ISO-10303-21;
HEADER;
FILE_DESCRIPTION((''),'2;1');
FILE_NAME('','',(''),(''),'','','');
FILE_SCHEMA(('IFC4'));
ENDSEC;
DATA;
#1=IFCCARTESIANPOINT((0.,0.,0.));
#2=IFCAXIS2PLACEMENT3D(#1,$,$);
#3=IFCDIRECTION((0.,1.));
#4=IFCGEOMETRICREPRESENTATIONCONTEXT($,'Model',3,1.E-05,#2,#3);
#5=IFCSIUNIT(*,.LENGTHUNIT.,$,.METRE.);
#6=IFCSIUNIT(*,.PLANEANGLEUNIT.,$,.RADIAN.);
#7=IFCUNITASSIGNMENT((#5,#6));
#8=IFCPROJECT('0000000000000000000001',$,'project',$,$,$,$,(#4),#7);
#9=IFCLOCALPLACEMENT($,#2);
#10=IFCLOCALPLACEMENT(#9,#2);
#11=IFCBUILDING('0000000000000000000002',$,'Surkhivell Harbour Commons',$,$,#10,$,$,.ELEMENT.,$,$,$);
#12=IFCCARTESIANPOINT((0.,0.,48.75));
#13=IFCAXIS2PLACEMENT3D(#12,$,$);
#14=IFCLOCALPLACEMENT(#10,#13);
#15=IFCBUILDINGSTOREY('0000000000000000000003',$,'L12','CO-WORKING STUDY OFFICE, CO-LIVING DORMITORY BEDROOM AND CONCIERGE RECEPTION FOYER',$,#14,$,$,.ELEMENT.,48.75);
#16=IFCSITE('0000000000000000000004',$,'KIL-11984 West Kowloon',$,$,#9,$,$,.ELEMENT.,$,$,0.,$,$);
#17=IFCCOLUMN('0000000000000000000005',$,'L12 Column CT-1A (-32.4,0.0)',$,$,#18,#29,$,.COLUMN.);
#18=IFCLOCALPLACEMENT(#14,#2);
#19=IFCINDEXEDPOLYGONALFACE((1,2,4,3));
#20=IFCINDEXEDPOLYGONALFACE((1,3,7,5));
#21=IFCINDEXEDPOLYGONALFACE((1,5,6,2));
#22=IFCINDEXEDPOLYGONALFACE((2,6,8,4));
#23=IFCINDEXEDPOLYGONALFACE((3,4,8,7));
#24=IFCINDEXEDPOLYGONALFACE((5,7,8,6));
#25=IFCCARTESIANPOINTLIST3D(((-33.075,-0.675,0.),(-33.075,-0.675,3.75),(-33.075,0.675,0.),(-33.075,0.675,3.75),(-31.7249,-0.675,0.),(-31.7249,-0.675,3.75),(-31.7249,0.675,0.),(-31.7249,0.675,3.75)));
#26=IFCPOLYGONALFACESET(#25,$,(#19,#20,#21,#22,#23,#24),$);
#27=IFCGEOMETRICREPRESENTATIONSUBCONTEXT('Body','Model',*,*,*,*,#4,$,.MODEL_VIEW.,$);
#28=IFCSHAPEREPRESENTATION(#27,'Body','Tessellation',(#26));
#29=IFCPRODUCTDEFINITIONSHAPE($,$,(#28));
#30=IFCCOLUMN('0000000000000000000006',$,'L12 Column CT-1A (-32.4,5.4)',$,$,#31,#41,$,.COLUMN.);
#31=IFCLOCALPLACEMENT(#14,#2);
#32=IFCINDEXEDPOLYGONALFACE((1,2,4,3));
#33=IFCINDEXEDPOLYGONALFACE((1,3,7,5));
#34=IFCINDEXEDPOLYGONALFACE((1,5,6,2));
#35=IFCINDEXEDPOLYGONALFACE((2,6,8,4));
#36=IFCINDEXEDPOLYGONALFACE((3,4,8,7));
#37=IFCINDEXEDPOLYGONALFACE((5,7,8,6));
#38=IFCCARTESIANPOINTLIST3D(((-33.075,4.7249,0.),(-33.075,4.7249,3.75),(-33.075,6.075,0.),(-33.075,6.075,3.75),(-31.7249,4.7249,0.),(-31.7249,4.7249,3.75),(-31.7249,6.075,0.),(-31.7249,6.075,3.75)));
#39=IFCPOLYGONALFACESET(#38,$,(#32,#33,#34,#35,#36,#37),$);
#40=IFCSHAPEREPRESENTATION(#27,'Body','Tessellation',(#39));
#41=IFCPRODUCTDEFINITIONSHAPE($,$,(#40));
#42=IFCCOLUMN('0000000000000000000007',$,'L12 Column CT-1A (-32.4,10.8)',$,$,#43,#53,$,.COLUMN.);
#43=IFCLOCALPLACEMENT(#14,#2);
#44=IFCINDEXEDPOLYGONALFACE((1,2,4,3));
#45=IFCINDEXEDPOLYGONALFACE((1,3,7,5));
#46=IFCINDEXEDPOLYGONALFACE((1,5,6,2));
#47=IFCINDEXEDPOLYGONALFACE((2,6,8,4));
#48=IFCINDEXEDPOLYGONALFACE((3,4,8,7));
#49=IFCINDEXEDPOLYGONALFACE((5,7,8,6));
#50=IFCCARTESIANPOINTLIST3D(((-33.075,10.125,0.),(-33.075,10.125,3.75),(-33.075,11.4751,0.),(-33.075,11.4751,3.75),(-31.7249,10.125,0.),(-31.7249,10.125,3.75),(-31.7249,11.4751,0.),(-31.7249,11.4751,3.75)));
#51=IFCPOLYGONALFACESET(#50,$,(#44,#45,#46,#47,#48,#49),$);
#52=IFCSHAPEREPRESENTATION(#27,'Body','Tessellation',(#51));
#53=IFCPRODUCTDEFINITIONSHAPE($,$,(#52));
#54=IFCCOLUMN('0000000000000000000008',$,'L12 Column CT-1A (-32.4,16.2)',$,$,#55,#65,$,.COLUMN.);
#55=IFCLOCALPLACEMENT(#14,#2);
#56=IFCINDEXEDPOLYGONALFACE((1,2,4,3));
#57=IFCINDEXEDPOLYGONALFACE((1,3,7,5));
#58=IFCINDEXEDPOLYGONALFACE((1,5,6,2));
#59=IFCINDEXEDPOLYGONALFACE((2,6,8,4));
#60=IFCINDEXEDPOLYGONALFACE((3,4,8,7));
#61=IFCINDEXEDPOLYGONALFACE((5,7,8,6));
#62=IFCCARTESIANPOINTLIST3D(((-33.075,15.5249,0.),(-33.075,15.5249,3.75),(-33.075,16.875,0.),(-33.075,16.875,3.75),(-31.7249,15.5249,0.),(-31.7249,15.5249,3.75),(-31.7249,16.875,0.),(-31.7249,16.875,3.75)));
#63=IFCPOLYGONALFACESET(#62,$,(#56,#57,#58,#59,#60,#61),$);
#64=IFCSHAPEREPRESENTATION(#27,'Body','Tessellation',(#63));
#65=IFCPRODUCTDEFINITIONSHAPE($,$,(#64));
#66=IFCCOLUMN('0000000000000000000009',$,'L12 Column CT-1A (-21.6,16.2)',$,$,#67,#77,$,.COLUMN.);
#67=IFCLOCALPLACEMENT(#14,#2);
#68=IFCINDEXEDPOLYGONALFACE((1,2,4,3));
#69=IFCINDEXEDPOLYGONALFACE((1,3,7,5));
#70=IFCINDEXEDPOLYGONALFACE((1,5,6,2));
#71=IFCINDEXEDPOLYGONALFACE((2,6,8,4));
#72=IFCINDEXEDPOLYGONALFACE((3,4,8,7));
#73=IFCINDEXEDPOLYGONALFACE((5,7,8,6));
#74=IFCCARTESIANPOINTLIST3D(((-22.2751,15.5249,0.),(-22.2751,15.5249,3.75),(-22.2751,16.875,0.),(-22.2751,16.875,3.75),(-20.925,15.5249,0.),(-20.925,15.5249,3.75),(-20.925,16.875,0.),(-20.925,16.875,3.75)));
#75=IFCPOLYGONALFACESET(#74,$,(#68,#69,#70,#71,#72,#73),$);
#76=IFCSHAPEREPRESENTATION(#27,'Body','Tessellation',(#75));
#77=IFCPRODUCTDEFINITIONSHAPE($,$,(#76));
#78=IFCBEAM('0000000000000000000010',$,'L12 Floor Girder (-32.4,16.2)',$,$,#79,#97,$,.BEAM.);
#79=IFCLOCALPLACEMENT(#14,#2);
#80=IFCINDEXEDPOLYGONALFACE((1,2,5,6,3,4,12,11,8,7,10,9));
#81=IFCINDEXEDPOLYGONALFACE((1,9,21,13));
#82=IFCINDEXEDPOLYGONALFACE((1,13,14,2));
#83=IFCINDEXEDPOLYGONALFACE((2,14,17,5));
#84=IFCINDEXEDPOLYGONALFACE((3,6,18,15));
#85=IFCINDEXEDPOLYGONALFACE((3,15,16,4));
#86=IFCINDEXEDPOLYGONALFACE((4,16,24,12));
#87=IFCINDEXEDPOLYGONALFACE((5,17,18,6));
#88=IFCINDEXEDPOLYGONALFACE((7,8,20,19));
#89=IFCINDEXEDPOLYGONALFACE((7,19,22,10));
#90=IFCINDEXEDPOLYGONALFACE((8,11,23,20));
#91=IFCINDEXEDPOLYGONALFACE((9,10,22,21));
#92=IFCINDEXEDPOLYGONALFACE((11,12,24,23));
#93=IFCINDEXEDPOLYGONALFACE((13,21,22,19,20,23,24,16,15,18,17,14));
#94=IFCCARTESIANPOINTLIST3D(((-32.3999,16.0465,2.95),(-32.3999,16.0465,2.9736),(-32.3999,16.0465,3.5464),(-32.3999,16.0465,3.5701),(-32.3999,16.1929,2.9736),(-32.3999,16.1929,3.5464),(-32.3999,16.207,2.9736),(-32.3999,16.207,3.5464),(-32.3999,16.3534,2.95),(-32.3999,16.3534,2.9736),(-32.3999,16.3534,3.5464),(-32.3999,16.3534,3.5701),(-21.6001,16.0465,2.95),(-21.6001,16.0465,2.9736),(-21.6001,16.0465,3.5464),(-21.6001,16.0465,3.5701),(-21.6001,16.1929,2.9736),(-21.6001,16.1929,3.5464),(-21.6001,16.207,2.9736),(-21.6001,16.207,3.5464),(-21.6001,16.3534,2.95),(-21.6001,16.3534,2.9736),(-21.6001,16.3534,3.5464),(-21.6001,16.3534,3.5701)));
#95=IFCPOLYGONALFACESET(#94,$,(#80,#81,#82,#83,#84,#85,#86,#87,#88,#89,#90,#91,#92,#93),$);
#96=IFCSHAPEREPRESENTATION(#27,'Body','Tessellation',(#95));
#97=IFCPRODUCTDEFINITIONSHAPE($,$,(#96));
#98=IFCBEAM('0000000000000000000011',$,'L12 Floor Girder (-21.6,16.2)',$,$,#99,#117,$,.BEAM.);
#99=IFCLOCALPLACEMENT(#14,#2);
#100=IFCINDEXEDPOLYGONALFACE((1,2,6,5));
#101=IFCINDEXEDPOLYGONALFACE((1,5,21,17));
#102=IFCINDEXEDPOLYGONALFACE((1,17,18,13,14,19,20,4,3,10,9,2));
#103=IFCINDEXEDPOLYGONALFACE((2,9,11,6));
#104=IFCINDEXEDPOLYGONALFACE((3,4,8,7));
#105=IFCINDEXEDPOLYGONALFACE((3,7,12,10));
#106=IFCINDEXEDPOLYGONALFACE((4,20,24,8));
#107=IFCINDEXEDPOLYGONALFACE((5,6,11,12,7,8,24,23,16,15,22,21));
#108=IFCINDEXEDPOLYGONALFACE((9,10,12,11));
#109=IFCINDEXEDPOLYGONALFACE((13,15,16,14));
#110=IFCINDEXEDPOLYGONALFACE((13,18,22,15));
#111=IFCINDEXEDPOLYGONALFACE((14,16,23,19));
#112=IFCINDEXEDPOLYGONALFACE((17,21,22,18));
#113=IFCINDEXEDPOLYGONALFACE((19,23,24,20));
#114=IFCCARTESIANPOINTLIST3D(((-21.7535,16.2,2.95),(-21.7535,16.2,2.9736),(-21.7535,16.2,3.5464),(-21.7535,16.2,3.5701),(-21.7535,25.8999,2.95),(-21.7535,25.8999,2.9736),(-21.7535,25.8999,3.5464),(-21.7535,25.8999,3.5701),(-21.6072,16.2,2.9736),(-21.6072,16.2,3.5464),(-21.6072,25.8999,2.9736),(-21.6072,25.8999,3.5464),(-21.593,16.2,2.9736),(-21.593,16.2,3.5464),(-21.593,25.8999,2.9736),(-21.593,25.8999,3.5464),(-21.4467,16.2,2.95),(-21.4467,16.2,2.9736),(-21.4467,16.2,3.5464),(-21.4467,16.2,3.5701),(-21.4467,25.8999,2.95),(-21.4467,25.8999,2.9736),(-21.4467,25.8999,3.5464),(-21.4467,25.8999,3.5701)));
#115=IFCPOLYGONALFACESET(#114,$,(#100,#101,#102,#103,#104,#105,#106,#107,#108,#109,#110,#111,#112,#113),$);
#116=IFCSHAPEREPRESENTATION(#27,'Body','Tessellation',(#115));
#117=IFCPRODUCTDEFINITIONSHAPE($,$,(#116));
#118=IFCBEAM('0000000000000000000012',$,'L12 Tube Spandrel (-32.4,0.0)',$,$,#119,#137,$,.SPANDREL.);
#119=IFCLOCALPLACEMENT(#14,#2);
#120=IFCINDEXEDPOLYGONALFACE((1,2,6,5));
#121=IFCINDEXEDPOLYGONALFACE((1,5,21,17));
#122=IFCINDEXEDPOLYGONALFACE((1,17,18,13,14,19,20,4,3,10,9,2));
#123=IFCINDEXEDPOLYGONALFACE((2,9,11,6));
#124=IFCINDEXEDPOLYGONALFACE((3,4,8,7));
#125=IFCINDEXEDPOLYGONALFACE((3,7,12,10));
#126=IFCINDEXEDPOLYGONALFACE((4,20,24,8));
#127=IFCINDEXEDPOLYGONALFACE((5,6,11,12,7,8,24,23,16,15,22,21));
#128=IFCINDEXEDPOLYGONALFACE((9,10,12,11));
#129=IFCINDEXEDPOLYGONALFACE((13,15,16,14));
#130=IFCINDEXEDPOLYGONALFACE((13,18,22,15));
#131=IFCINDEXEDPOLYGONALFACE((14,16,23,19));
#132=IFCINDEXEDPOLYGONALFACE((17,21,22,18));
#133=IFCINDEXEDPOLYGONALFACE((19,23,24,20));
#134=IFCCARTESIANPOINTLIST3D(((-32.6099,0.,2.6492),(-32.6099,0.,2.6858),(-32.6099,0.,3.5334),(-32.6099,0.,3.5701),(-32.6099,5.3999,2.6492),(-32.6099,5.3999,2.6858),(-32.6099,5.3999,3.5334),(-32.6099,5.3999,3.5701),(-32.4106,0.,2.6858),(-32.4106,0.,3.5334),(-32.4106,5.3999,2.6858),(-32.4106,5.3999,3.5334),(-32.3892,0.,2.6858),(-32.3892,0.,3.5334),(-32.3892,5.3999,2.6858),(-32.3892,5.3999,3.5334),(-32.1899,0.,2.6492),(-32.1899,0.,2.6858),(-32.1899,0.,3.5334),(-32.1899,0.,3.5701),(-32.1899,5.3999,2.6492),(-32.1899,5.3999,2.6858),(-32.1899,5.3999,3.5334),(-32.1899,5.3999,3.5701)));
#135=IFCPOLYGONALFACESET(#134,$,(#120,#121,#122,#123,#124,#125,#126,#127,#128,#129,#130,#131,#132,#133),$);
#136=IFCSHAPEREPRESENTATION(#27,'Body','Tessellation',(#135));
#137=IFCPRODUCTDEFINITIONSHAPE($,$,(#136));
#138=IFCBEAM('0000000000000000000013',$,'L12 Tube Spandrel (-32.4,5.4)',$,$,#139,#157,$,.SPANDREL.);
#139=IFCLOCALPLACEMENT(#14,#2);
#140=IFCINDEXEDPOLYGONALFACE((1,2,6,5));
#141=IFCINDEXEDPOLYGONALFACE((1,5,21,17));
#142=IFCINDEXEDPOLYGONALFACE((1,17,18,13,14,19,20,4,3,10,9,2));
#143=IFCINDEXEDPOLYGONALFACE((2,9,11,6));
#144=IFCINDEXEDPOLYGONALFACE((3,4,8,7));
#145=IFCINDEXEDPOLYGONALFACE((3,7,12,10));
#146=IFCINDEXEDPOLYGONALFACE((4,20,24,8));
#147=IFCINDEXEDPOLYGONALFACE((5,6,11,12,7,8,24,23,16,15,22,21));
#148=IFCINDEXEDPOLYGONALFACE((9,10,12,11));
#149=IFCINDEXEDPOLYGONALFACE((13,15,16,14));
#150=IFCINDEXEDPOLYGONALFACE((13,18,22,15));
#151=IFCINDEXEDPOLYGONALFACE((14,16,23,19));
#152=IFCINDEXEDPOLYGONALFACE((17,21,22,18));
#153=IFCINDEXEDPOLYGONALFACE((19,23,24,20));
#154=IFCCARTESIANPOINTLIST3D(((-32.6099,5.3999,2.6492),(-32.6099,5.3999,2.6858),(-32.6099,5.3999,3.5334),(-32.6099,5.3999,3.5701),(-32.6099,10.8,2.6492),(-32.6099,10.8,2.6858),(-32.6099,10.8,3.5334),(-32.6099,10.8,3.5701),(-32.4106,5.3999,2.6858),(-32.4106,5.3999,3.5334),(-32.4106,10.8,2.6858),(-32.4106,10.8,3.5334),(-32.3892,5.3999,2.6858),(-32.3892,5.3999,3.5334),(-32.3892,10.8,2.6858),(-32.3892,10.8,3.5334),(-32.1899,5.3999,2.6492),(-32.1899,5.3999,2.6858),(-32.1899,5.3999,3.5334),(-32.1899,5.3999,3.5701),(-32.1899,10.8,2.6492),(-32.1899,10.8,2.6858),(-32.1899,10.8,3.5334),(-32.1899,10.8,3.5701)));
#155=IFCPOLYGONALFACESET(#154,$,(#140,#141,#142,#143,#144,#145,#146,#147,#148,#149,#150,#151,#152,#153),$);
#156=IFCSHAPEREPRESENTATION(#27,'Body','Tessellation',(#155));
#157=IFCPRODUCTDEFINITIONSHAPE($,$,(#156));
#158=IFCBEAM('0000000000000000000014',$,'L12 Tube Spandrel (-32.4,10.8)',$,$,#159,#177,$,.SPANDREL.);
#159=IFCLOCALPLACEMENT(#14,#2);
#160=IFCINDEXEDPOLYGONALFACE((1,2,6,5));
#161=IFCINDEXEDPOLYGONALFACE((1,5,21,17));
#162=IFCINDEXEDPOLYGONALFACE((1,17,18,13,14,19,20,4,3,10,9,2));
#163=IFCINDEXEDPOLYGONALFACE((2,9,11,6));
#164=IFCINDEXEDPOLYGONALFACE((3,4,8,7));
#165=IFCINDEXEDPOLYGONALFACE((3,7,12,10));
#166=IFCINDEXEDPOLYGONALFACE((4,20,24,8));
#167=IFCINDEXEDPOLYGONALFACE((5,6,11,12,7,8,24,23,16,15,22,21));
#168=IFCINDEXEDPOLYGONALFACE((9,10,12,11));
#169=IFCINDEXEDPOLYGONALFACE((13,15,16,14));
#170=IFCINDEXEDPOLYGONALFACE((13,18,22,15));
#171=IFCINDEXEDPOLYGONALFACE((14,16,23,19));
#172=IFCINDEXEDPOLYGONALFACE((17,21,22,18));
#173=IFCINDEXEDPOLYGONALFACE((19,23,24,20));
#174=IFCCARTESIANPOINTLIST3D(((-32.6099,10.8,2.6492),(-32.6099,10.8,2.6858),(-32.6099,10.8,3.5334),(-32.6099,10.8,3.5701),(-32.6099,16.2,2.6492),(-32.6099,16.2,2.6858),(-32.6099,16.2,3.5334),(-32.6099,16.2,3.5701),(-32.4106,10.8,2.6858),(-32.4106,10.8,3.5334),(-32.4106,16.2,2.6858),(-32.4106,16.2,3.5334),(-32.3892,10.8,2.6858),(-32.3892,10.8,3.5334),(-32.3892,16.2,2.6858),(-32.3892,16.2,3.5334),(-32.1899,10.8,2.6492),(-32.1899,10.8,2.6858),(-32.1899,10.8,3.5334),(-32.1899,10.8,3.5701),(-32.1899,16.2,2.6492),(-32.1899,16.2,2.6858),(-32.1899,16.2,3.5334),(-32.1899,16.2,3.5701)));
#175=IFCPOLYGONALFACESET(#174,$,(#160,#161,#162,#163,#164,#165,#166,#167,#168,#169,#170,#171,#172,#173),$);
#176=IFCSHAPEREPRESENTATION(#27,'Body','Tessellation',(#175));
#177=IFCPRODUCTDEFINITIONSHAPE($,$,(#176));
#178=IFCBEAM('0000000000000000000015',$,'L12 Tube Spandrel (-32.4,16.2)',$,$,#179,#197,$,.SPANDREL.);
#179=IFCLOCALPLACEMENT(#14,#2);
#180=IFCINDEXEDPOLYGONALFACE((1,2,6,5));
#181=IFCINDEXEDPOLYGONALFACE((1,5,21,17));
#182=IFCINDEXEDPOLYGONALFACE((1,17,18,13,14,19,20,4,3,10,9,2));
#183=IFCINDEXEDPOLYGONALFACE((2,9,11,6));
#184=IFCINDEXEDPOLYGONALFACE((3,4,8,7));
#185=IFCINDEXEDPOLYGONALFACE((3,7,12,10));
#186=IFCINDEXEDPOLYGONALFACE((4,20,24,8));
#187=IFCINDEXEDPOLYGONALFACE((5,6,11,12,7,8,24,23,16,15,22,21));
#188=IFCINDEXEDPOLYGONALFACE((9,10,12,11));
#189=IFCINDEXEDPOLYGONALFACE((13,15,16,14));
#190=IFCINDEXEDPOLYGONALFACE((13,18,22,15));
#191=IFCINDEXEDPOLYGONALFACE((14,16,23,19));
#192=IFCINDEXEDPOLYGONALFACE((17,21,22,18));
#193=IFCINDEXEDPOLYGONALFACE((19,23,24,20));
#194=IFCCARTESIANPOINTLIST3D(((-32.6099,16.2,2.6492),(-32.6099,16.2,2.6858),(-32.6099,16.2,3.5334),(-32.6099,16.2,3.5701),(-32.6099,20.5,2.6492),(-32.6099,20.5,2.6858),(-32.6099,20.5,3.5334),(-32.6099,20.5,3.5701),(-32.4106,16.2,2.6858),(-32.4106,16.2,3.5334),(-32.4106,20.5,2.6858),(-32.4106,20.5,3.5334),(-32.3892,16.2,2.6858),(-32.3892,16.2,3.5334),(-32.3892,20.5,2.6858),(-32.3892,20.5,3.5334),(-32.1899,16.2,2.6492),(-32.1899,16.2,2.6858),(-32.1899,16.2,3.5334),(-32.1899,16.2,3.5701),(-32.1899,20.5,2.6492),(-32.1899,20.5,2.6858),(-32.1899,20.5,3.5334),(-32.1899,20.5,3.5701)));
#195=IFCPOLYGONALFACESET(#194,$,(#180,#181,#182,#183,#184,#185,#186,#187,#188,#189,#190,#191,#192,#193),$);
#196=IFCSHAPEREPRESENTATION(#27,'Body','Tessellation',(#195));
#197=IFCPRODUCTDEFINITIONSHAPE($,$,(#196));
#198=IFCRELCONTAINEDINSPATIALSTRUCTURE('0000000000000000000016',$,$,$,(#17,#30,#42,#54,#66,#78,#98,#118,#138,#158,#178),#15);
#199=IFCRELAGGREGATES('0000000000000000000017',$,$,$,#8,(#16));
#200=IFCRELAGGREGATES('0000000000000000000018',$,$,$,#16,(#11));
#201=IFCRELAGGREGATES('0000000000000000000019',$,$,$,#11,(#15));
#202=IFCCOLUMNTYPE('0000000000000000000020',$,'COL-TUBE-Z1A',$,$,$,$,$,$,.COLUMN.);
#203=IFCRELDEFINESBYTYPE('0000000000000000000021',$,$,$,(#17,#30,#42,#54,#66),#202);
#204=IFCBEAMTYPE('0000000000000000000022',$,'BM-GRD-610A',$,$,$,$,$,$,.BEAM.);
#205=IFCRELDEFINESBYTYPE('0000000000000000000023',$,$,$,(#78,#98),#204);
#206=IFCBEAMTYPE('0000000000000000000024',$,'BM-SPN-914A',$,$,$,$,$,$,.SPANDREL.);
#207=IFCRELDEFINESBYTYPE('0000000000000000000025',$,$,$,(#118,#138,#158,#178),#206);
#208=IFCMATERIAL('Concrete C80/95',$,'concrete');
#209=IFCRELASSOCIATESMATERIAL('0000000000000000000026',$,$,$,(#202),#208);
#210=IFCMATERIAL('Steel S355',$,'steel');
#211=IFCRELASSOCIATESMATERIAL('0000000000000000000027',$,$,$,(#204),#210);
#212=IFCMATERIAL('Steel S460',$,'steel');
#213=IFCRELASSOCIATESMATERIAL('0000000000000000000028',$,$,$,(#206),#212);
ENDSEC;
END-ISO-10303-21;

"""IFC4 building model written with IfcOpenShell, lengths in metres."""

from ifc_helpers import new_model, si_unit, direction, frame, origin, origin_2d, place, context, subcontext, project, spatial, rectangle, i_section, extrude, material, material_profile, profile_set, type_object, element, save


model = new_model("IFC4")

# Units and contexts
model_context = context("Model", 3, precision=1e-05, world=origin(), true_north=direction((0.0, 1.0)))
body_context = subcontext(model_context, "Body", "Model", "MODEL_VIEW")
ifc_project = project(units=[si_unit("LENGTHUNIT", "METRE"), si_unit("PLANEANGLEUNIT", "RADIAN")], contexts=[model_context])

# Site, building, storey
site_placement = place(None, origin())
site = spatial("IfcSite", under=ifc_project, at=site_placement, Name="KIL-11984 West Kowloon", CompositionType="ELEMENT", RefElevation=0.0)
building_placement = place(site_placement, origin())
building = spatial("IfcBuilding", under=site, at=building_placement, Name="Surkhivell Harbour Commons", CompositionType="ELEMENT")
storey_placement = place(building_placement, frame((0.0, 0.0, 48.75)))
storey = spatial("IfcBuildingStorey", under=building, at=storey_placement, Name="L12", Description="CO-WORKING STUDY OFFICE, CO-LIVING DORMITORY BEDROOM AND CONCIERGE RECEPTION FOYER", CompositionType="ELEMENT", Elevation=48.75)

# Columns
ifc_material_1 = material(Name="Concrete C80/95", Category="concrete")
ifc_material_profile_1 = material_profile(ifc_material_1, rectangle(XDim=1.3501, YDim=1.3501, at=origin_2d()), Name="RC-COL-1350x1350")
ifc_profile_set_1 = profile_set([ifc_material_profile_1], Name="Concrete C80/95")
column_type = type_object("IfcColumnType", Name="COL-TUBE-Z1A", PredefinedType="COLUMN", material=ifc_profile_set_1)
for number, where, z_axis, x_axis, name in (
    (1, (-32.3999, 0.0, 0.0), (0.0, 0.0, 1.0), (1.0, 0.0, 0.0), "L12 Column CT-1A (-32.4,0.0)"),
    (2, (-32.3999, 5.3999, 0.0), (0.0, 0.0, 1.0), (1.0, 0.0, 0.0), "L12 Column CT-1A (-32.4,5.4)"),
    (3, (-32.3999, 10.8, 0.0), (0.0, 0.0, 1.0), (1.0, 0.0, 0.0), "L12 Column CT-1A (-32.4,10.8)"),
    (4, (-32.3999, 16.2, 0.0), (0.0, 0.0, 1.0), (1.0, 0.0, 0.0), "L12 Column CT-1A (-32.4,16.2)"),
    (5, (-21.6001, 16.2, 0.0), (0.0, 0.0, 1.0), (1.0, 0.0, 0.0), "L12 Column CT-1A (-21.6,16.2)"),
):
    element("IfcColumn", number, at=place(storey_placement, frame(where, z_axis=z_axis, x_axis=x_axis)), inside=storey, type_object=column_type, Name=name, PredefinedType="COLUMN", context=body_context, shape_type="SweptSolid", body=[
        extrude(rectangle(XDim=1.3501, YDim=1.3501, at=origin_2d()), origin(), (0.0, 0.0, 1.0), 3.75),
    ])

# Beams
ifc_material_2 = material(Name="Steel S355", Category="steel")
ifc_material_profile_2 = material_profile(ifc_material_2, i_section(OverallWidth=0.3069, OverallDepth=0.6201, WebThickness=0.0142, FlangeThickness=0.0237, at=origin_2d()), Name="UB610x305x179")
ifc_profile_set_2 = profile_set([ifc_material_profile_2], Name="Steel S355")
beam_type_1 = type_object("IfcBeamType", Name="BM-GRD-610A", PredefinedType="BEAM", material=ifc_profile_set_2)
beam_1_placement = place(storey_placement, frame((-32.3999, 16.2, 3.26), z_axis=(1.0, 0.0, 0.0), x_axis=(0.0, 1.0, 0.0)))
element("IfcBeam", 6, at=beam_1_placement, inside=storey, type_object=beam_type_1, Name="L12 Floor Girder (-32.4,16.2)", PredefinedType="BEAM", context=body_context, shape_type="SweptSolid", body=[
    extrude(i_section(OverallWidth=0.3069, OverallDepth=0.6201, WebThickness=0.0142, FlangeThickness=0.0237, at=origin_2d()), origin(), (0.0, 0.0, 1.0), 10.7998),
])
beam_2_placement = place(storey_placement, frame((-21.6001, 16.2, 3.26), z_axis=(0.0, 1.0, 0.0), x_axis=(-1.0, 0.0, 0.0)))
element("IfcBeam", 7, at=beam_2_placement, inside=storey, type_object=beam_type_1, Name="L12 Floor Girder (-21.6,16.2)", PredefinedType="BEAM", context=body_context, shape_type="SweptSolid", body=[
    extrude(i_section(OverallWidth=0.3069, OverallDepth=0.6201, WebThickness=0.0142, FlangeThickness=0.0237, at=origin_2d()), origin(), (0.0, 0.0, 1.0), 9.7),
])
ifc_material_3 = material(Name="Steel S460", Category="steel")
ifc_material_profile_3 = material_profile(ifc_material_3, i_section(OverallWidth=0.4199, OverallDepth=0.9209, WebThickness=0.0215, FlangeThickness=0.0366, at=origin_2d()), Name="UB914x419x388")
ifc_profile_set_3 = profile_set([ifc_material_profile_3], Name="Steel S460")
beam_type_2 = type_object("IfcBeamType", Name="BM-SPN-914A", PredefinedType="SPANDREL", material=ifc_profile_set_3)
beam_3_placement = place(storey_placement, frame((-32.3999, 0.0, 3.1096), z_axis=(0.0, 1.0, 0.0), x_axis=(-1.0, 0.0, 0.0)))
element("IfcBeam", 8, at=beam_3_placement, inside=storey, type_object=beam_type_2, Name="L12 Tube Spandrel (-32.4,0.0)", PredefinedType="SPANDREL", context=body_context, shape_type="SweptSolid", body=[
    extrude(i_section(OverallWidth=0.4199, OverallDepth=0.9209, WebThickness=0.0215, FlangeThickness=0.0366, at=origin_2d()), origin(), (0.0, 0.0, 1.0), 5.3999),
])
beam_4_placement = place(storey_placement, frame((-32.3999, 5.3999, 3.1096), z_axis=(0.0, 1.0, 0.0), x_axis=(-1.0, 0.0, 0.0)))
element("IfcBeam", 9, at=beam_4_placement, inside=storey, type_object=beam_type_2, Name="L12 Tube Spandrel (-32.4,5.4)", PredefinedType="SPANDREL", context=body_context, shape_type="SweptSolid", body=[
    extrude(i_section(OverallWidth=0.4199, OverallDepth=0.9209, WebThickness=0.0215, FlangeThickness=0.0366, at=origin_2d()), origin(), (0.0, 0.0, 1.0), 5.4001),
])
beam_5_placement = place(storey_placement, frame((-32.3999, 10.8, 3.1096), z_axis=(0.0, 1.0, 0.0), x_axis=(-1.0, 0.0, 0.0)))
element("IfcBeam", 10, at=beam_5_placement, inside=storey, type_object=beam_type_2, Name="L12 Tube Spandrel (-32.4,10.8)", PredefinedType="SPANDREL", context=body_context, shape_type="SweptSolid", body=[
    extrude(i_section(OverallWidth=0.4199, OverallDepth=0.9209, WebThickness=0.0215, FlangeThickness=0.0366, at=origin_2d()), origin(), (0.0, 0.0, 1.0), 5.3999),
])
beam_6_placement = place(storey_placement, frame((-32.3999, 16.2, 3.1096), z_axis=(0.0, 1.0, 0.0), x_axis=(-1.0, 0.0, 0.0)))
element("IfcBeam", 11, at=beam_6_placement, inside=storey, type_object=beam_type_2, Name="L12 Tube Spandrel (-32.4,16.2)", PredefinedType="SPANDREL", context=body_context, shape_type="SweptSolid", body=[
    extrude(i_section(OverallWidth=0.4199, OverallDepth=0.9209, WebThickness=0.0215, FlangeThickness=0.0366, at=origin_2d()), origin(), (0.0, 0.0, 1.0), 4.3),
])

save(model, "model.ifc")
